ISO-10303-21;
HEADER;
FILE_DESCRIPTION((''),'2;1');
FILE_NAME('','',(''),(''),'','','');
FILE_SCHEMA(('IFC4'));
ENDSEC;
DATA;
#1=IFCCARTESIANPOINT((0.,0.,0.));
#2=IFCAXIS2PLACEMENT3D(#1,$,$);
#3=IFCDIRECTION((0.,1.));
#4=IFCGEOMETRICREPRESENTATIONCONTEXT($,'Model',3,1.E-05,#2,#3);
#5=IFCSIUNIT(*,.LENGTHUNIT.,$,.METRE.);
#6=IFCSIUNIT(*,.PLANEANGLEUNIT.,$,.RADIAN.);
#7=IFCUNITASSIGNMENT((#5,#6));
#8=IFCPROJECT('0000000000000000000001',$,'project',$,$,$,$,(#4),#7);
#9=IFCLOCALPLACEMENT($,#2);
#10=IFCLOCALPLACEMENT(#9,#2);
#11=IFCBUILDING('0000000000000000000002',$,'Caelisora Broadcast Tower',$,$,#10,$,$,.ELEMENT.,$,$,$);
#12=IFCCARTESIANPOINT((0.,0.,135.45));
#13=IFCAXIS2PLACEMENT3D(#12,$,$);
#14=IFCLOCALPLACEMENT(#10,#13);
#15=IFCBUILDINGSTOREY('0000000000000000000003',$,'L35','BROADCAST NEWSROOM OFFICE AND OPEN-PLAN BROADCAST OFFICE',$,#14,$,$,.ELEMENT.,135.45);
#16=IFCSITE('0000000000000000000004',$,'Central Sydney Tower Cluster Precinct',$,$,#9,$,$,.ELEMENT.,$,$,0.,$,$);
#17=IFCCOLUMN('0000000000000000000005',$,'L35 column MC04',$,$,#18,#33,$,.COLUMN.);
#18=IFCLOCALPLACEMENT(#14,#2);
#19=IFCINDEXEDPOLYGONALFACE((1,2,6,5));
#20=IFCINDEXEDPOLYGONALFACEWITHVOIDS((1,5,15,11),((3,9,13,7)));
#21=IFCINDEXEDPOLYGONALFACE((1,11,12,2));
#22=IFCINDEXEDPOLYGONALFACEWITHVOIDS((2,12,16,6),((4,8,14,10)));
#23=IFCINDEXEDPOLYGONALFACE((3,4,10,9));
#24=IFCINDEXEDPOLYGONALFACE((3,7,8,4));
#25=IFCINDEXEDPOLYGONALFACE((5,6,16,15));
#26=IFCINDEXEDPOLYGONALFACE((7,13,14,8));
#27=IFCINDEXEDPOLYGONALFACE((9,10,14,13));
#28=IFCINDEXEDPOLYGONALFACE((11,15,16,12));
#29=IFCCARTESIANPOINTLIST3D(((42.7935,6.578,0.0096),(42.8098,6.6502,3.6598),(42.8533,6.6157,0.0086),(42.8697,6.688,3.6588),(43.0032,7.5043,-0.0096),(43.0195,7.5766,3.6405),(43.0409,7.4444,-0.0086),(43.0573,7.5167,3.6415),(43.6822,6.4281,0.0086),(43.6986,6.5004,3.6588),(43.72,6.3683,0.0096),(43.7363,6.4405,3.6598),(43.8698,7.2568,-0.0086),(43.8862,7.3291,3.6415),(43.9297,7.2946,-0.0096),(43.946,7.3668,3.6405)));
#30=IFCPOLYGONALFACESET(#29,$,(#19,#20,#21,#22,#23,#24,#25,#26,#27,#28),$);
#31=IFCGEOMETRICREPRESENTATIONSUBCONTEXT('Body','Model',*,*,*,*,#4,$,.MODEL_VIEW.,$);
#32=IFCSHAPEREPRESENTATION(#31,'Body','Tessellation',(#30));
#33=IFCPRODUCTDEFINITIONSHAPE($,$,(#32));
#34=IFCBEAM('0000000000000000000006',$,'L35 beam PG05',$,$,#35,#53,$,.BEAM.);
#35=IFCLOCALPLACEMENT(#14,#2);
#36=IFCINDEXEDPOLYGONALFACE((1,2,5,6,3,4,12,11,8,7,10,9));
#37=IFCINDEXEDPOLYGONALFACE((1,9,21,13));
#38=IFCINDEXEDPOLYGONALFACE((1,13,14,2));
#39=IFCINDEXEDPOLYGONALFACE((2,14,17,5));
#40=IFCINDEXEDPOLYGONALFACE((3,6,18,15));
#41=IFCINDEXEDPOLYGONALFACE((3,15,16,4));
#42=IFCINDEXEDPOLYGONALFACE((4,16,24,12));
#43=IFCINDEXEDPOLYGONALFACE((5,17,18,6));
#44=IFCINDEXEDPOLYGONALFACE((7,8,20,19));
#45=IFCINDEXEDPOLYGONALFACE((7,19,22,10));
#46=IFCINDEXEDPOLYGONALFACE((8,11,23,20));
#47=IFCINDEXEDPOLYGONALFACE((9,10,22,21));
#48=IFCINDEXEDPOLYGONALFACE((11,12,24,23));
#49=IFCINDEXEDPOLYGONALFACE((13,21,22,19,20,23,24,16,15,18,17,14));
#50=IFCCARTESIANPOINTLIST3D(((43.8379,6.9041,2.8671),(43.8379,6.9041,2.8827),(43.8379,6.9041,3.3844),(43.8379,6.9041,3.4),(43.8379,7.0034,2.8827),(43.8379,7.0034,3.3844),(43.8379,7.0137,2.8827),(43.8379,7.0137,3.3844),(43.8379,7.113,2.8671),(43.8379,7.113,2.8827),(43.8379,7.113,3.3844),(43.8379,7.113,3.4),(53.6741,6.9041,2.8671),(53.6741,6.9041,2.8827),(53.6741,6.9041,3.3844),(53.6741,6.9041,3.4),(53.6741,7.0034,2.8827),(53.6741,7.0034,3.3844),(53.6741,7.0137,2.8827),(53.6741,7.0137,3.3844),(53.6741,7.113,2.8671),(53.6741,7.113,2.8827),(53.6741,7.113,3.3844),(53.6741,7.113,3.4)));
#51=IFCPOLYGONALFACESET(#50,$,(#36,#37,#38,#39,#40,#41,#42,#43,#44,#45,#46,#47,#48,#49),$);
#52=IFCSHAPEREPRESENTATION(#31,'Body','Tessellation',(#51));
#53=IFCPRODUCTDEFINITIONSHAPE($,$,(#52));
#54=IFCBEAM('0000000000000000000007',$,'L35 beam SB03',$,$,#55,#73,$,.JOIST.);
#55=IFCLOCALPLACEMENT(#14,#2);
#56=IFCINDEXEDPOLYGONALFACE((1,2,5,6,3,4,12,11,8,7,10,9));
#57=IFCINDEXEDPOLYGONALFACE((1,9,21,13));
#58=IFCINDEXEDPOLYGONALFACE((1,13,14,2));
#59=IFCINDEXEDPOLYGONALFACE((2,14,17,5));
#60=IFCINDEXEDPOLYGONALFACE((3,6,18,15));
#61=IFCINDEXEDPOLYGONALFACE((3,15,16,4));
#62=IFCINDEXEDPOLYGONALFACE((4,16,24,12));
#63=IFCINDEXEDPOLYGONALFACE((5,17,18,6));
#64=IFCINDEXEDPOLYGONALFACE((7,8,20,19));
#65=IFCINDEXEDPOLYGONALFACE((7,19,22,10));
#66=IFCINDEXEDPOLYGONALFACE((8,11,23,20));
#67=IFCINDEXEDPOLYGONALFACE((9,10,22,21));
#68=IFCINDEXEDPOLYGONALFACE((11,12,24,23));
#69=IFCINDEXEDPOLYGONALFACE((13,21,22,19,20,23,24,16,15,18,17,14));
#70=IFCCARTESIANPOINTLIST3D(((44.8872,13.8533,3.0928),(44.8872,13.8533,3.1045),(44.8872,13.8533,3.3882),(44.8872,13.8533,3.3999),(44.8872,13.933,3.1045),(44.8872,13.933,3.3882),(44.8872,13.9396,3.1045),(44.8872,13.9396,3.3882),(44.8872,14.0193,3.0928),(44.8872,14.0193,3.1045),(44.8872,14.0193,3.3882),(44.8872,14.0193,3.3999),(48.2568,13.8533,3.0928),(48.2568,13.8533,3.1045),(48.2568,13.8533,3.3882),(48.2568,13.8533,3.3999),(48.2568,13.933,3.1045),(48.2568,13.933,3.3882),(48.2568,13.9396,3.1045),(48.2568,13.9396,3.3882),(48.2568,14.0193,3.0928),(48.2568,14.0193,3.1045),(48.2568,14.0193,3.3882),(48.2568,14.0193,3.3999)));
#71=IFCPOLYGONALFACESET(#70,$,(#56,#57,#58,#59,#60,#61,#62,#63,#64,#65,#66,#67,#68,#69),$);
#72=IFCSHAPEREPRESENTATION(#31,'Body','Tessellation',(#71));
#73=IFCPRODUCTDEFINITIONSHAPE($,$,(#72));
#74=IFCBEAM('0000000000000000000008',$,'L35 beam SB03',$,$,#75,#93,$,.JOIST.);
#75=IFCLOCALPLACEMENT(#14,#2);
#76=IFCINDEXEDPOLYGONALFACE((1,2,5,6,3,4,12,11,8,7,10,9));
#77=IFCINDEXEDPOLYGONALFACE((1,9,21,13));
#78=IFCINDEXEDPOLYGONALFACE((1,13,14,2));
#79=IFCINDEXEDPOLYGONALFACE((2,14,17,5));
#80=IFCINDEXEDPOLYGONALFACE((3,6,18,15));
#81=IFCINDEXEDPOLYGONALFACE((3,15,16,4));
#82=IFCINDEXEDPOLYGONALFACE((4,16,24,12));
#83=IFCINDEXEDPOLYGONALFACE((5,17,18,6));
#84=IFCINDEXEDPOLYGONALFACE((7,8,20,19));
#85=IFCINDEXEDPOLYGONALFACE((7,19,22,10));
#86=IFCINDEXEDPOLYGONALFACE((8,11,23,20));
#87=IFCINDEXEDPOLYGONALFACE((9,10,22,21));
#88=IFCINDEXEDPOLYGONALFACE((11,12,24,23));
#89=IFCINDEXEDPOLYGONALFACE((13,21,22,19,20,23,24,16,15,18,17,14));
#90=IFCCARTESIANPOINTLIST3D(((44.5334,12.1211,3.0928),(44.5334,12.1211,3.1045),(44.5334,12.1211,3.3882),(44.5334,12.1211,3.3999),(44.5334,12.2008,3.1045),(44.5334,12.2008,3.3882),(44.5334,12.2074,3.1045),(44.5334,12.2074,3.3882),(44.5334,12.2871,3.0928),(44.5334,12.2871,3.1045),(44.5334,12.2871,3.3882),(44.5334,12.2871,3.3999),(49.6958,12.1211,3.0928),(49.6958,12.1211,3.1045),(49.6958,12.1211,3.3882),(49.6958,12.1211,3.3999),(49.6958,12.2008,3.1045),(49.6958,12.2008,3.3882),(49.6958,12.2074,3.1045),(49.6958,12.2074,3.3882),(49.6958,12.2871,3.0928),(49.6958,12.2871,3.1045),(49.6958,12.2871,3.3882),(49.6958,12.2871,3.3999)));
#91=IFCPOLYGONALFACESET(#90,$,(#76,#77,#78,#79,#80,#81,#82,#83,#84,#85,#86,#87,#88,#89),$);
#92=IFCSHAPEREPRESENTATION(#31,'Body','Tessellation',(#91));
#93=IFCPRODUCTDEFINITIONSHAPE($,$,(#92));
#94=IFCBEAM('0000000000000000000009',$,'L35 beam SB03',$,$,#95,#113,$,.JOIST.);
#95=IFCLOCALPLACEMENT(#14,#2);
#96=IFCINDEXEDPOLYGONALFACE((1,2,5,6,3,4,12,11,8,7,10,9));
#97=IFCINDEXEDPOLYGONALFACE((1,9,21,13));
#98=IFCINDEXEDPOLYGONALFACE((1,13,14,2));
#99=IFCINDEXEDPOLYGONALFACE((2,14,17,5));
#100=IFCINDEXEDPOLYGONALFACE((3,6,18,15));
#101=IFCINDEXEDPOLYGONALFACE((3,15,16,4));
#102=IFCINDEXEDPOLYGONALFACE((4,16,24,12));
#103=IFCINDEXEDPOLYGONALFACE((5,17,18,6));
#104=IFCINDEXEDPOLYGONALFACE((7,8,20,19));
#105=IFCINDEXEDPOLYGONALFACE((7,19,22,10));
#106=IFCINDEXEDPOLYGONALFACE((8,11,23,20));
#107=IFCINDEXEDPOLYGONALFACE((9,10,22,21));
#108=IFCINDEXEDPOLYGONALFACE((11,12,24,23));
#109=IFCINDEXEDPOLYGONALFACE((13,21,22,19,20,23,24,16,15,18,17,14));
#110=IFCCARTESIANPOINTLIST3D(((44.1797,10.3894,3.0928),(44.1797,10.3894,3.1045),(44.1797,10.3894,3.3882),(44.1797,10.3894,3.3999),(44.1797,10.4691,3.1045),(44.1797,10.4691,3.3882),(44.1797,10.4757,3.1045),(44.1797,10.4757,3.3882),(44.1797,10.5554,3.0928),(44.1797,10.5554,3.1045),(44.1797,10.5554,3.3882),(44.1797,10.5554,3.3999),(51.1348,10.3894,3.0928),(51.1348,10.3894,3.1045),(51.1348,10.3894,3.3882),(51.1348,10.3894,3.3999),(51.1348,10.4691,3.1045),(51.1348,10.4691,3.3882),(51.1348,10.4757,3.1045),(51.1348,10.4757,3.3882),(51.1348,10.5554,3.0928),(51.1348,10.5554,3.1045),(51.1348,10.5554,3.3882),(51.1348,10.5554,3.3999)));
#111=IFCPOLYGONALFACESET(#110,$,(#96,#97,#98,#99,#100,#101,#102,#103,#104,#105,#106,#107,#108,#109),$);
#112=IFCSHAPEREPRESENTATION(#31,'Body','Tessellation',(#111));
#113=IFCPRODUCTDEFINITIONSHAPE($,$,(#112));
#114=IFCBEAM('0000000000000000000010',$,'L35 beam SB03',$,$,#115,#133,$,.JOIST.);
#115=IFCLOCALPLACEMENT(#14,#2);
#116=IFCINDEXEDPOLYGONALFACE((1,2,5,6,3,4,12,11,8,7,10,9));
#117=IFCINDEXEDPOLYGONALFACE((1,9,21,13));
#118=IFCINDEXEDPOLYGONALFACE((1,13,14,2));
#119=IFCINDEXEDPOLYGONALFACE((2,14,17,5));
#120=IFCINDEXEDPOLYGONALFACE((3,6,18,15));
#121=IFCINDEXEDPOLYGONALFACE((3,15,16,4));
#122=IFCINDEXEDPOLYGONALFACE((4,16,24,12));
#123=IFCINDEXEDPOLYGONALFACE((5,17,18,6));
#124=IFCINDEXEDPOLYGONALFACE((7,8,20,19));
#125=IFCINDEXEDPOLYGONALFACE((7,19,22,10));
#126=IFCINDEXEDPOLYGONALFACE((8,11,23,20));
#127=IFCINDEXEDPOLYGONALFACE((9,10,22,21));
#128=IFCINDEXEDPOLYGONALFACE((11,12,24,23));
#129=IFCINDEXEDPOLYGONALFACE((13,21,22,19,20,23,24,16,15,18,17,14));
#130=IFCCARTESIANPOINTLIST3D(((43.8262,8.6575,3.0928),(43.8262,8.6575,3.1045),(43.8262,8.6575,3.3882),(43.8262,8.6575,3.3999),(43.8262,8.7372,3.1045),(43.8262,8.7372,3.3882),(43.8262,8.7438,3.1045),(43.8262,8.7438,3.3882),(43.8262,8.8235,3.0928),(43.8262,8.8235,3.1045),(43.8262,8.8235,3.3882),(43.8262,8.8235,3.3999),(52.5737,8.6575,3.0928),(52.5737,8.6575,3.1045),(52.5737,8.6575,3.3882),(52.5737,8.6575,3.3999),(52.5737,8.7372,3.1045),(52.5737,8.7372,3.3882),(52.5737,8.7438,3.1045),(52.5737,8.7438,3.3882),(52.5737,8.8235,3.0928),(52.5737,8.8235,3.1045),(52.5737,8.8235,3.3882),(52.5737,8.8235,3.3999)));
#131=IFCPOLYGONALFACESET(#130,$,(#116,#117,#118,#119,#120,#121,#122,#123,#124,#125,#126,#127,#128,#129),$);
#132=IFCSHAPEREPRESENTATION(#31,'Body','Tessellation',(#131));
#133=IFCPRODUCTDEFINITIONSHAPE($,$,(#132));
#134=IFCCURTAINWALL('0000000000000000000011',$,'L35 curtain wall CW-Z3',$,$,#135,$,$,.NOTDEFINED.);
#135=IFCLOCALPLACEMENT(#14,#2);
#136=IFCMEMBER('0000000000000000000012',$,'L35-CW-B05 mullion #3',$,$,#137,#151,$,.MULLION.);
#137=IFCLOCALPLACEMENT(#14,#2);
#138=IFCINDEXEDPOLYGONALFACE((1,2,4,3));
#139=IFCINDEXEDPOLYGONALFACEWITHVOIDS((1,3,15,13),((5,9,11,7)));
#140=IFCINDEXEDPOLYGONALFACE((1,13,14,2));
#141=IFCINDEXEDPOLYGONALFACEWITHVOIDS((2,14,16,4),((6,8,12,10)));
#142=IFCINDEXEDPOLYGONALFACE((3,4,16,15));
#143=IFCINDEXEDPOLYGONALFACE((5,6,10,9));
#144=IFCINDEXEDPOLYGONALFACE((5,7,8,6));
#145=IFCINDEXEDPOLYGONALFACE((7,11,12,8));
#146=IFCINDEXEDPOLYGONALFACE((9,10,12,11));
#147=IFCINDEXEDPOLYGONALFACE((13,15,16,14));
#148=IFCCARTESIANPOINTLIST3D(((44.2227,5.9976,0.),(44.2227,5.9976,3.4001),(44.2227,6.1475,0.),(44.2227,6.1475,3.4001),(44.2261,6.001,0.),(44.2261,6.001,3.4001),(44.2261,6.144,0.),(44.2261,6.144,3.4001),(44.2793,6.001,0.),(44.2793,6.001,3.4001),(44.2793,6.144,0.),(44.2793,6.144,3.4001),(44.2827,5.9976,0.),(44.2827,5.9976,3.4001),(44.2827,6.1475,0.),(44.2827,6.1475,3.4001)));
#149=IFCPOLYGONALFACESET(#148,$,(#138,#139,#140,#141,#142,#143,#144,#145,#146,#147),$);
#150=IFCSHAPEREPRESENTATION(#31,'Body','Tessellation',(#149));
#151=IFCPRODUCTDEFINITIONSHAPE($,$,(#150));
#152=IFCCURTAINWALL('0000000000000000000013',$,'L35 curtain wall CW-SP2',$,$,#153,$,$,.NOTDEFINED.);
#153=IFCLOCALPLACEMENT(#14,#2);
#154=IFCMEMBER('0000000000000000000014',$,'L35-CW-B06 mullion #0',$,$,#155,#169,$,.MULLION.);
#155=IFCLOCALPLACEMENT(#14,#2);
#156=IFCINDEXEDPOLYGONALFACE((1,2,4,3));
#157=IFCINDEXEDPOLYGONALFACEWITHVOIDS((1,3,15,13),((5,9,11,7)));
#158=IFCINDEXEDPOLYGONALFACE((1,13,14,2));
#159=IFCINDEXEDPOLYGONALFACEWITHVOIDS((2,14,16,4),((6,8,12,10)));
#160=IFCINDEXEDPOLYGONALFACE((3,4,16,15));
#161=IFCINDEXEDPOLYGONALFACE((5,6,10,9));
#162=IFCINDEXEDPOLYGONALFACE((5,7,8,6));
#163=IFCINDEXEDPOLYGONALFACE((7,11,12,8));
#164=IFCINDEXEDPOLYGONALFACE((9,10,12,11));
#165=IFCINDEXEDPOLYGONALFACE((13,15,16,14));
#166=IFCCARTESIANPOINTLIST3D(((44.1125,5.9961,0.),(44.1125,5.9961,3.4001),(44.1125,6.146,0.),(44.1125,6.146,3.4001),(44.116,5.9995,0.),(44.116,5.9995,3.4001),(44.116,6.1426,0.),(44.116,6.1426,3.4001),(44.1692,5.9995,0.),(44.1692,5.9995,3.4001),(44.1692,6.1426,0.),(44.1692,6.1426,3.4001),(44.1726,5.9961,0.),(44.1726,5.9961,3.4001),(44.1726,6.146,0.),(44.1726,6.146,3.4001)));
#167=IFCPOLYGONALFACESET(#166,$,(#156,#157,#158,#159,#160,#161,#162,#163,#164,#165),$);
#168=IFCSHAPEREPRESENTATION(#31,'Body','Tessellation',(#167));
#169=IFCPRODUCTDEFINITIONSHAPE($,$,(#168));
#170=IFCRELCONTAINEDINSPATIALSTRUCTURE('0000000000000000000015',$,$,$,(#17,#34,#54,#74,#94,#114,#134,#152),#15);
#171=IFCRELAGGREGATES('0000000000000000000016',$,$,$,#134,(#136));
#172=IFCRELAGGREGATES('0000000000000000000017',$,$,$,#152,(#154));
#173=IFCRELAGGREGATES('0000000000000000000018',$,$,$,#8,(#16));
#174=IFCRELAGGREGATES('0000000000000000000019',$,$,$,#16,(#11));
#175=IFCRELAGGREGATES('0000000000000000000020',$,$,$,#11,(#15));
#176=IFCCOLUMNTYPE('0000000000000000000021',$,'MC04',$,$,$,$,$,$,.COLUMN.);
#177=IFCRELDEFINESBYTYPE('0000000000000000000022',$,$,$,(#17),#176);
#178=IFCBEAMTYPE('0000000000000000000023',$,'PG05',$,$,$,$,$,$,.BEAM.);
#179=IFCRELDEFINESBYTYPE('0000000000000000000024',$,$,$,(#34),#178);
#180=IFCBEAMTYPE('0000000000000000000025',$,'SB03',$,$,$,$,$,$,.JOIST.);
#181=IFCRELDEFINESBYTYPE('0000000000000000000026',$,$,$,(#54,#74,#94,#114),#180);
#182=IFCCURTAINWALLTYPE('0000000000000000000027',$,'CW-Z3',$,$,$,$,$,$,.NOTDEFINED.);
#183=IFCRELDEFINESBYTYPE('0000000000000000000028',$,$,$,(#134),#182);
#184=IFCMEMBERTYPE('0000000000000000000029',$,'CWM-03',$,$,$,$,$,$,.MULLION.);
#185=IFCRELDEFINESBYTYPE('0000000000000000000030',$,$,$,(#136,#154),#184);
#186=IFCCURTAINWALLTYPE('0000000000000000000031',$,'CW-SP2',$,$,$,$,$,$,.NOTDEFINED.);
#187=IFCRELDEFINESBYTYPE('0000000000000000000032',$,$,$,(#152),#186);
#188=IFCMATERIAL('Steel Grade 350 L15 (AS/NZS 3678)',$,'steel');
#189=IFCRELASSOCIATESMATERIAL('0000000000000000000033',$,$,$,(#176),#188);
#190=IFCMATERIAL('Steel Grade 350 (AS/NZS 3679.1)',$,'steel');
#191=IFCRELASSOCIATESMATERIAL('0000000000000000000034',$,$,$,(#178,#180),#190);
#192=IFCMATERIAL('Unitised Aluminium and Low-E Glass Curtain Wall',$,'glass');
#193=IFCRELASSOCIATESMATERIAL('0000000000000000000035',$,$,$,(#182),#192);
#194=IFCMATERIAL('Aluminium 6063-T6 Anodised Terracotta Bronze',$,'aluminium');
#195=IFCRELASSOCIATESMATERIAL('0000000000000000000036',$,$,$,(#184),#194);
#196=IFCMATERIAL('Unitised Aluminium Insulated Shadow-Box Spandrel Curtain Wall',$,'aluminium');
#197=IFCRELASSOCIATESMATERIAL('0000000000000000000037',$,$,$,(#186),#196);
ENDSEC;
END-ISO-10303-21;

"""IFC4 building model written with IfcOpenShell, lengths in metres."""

from ifc_helpers import new_model, si_unit, direction, frame, origin, origin_2d, place, context, subcontext, project, spatial, hollow_rectangle, i_section, extrude, source, transform, mapped, material, material_profile, profile_set, type_object, type_shapes, element, aggregate, save


model = new_model("IFC4")

# Units and contexts
model_context = context("Model", 3, precision=1e-05, world=origin(), true_north=direction((0.0, 1.0)))
body_context = subcontext(model_context, "Body", "Model", "MODEL_VIEW")
ifc_project = project(units=[si_unit("LENGTHUNIT", "METRE"), si_unit("PLANEANGLEUNIT", "RADIAN")], contexts=[model_context])

# Site, building, storey
site_placement = place(None, origin())
site = spatial("IfcSite", under=ifc_project, at=site_placement, Name="Central Sydney Tower Cluster Precinct", CompositionType="ELEMENT", RefElevation=0.0)
building_placement = place(site_placement, origin())
building = spatial("IfcBuilding", under=site, at=building_placement, Name="Caelisora Broadcast Tower", CompositionType="ELEMENT")
storey_placement = place(building_placement, frame((0.0, 0.0, 135.45)))
storey = spatial("IfcBuildingStorey", under=building, at=storey_placement, Name="L35", Description="BROADCAST NEWSROOM OFFICE AND OPEN-PLAN BROADCAST OFFICE", CompositionType="ELEMENT", Elevation=135.45)

# Column
ifc_material_1 = material(Name="Steel Grade 350 L15 (AS/NZS 3678)", Category="steel")
ifc_material_profile_1 = material_profile(ifc_material_1, hollow_rectangle(XDim=0.95, YDim=0.95, WallThickness=0.05, at=origin_2d()), Name="Steel Grade 350 L15 (AS/NZS 3678)")
ifc_profile_set_1 = profile_set([ifc_material_profile_1], Name="Steel Grade 350 L15 (AS/NZS 3678)")
column_type = type_object("IfcColumnType", Name="MC04", PredefinedType="COLUMN", material=ifc_profile_set_1)
shared_shape_1 = source(origin(), body_context, "Body", "SweptSolid", [
    extrude(hollow_rectangle(XDim=0.95, YDim=0.95, WallThickness=0.05, at=origin_2d()), origin(), (0.0, 0.0, 1.0), 3.6509),
])
type_shapes(column_type, [shared_shape_1])
column_placement = place(storey_placement, frame((43.3616, 6.9363, 0.0), z_axis=(0.00448, 0.019794, 0.999794), x_axis=(-0.975327, 0.220767, 0.0)))
element("IfcColumn", 1, at=column_placement, inside=storey, type_object=column_type, Name="L35 column MC04", PredefinedType="COLUMN", context=body_context, shape_type="MappedRepresentation", body=[
    mapped(shared_shape_1, transform((0.0, 0.0, 0.0), scale=1.0)),
])

# Beams
ifc_material_2 = material(Name="Steel Grade 350 (AS/NZS 3679.1)", Category="steel")
ifc_material_profile_2 = material_profile(ifc_material_2, i_section(OverallWidth=0.209, OverallDepth=0.533, WebThickness=0.0103, FlangeThickness=0.0156, at=origin_2d()), Name="Steel Grade 350 (AS/NZS 3679.1)")
ifc_profile_set_2 = profile_set([ifc_material_profile_2], Name="Steel Grade 350 (AS/NZS 3679.1)")
beam_type_1 = type_object("IfcBeamType", Name="PG05", PredefinedType="BEAM", material=ifc_profile_set_2)
shared_shape_2 = source(origin(), body_context, "Body", "SweptSolid", [
    extrude(i_section(OverallWidth=0.209, OverallDepth=0.533, WebThickness=0.0103, FlangeThickness=0.0156, at=origin_2d()), origin(), (0.0, 0.0, 1.0), 9.8362),
])
type_shapes(beam_type_1, [shared_shape_2])
beam_1_placement = place(storey_placement, frame((43.8379, 7.0085, 3.1335), z_axis=(1.0, 0.0, 0.0), x_axis=(0.0, 1.0, 0.0)))
element("IfcBeam", 2, at=beam_1_placement, inside=storey, type_object=beam_type_1, Name="L35 beam PG05", PredefinedType="BEAM", context=body_context, shape_type="MappedRepresentation", body=[
    mapped(shared_shape_2, transform((0.0, 0.0, 0.0), scale=1.0)),
])
ifc_material_profile_3 = material_profile(ifc_material_2, i_section(OverallWidth=0.166, OverallDepth=0.3071, WebThickness=0.0066, FlangeThickness=0.0117, at=origin_2d()), Name="Steel Grade 350 (AS/NZS 3679.1)")
ifc_profile_set_3 = profile_set([ifc_material_profile_3], Name="Steel Grade 350 (AS/NZS 3679.1)")
beam_type_2 = type_object("IfcBeamType", Name="SB03", PredefinedType="JOIST", material=ifc_profile_set_3)
shared_shape_3 = source(origin(), body_context, "Body", "SweptSolid", [
    extrude(i_section(OverallWidth=0.166, OverallDepth=0.3071, WebThickness=0.0066, FlangeThickness=0.0117, at=origin_2d()), origin(), (0.0, 0.0, 1.0), 3.3696),
])
beam_2_placement = place(storey_placement, frame((44.8872, 13.9363, 3.2463), z_axis=(1.0, 0.0, 0.0), x_axis=(0.0, 1.0, 0.0)))
element("IfcBeam", 3, at=beam_2_placement, inside=storey, type_object=beam_type_2, Name="L35 beam SB03", PredefinedType="JOIST", context=body_context, shape_type="MappedRepresentation", body=[
    mapped(shared_shape_3, transform((0.0, 0.0, 0.0), scale=1.0)),
])
shared_shape_4 = source(origin(), body_context, "Body", "SweptSolid", [
    extrude(i_section(OverallWidth=0.166, OverallDepth=0.3071, WebThickness=0.0066, FlangeThickness=0.0117, at=origin_2d()), origin(), (0.0, 0.0, 1.0), 5.1624),
])
beam_3_placement = place(storey_placement, frame((44.5334, 12.2041, 3.2463), z_axis=(1.0, 0.0, 0.0), x_axis=(0.0, 1.0, 0.0)))
element("IfcBeam", 4, at=beam_3_placement, inside=storey, type_object=beam_type_2, Name="L35 beam SB03", PredefinedType="JOIST", context=body_context, shape_type="MappedRepresentation", body=[
    mapped(shared_shape_4, transform((0.0, 0.0, 0.0), scale=1.0)),
])
shared_shape_5 = source(origin(), body_context, "Body", "SweptSolid", [
    extrude(i_section(OverallWidth=0.166, OverallDepth=0.3071, WebThickness=0.0066, FlangeThickness=0.0117, at=origin_2d()), origin(), (0.0, 0.0, 1.0), 6.9551),
])
beam_4_placement = place(storey_placement, frame((44.1797, 10.4724, 3.2463), z_axis=(1.0, 0.0, 0.0), x_axis=(0.0, 1.0, 0.0)))
element("IfcBeam", 5, at=beam_4_placement, inside=storey, type_object=beam_type_2, Name="L35 beam SB03", PredefinedType="JOIST", context=body_context, shape_type="MappedRepresentation", body=[
    mapped(shared_shape_5, transform((0.0, 0.0, 0.0), scale=1.0)),
])
shared_shape_6 = source(origin(), body_context, "Body", "SweptSolid", [
    extrude(i_section(OverallWidth=0.166, OverallDepth=0.3071, WebThickness=0.0066, FlangeThickness=0.0117, at=origin_2d()), origin(), (0.0, 0.0, 1.0), 8.7476),
])
type_shapes(beam_type_2, [shared_shape_3, shared_shape_4, shared_shape_5, shared_shape_6])
beam_5_placement = place(storey_placement, frame((43.8262, 8.7405, 3.2463), z_axis=(1.0, 0.0, 0.0), x_axis=(0.0, 1.0, 0.0)))
element("IfcBeam", 6, at=beam_5_placement, inside=storey, type_object=beam_type_2, Name="L35 beam SB03", PredefinedType="JOIST", context=body_context, shape_type="MappedRepresentation", body=[
    mapped(shared_shape_6, transform((0.0, 0.0, 0.0), scale=1.0)),
])

# Curtain wall, member
ifc_material_3 = material(Name="Unitised Aluminium and Low-E Glass Curtain Wall", Category="glass")
curtain_wall_type_1 = type_object("IfcCurtainWallType", Name="CW-Z3", PredefinedType="NOTDEFINED", material=ifc_material_3)
curtain_wall_1_placement = place(storey_placement, origin())
curtain_wall_1 = element("IfcCurtainWall", 7, at=curtain_wall_1_placement, inside=storey, type_object=curtain_wall_type_1, Name="L35 curtain wall CW-Z3", PredefinedType="NOTDEFINED")
ifc_material_4 = material(Name="Aluminium 6063-T6 Anodised Terracotta Bronze", Category="aluminium")
ifc_material_profile_4 = material_profile(ifc_material_4, hollow_rectangle(XDim=0.0601, YDim=0.1499, WallThickness=0.0034, at=origin_2d()), Name="Aluminium 6063-T6 Anodised Terracotta Bronze")
ifc_profile_set_4 = profile_set([ifc_material_profile_4], Name="Aluminium 6063-T6 Anodised Terracotta Bronze")
member_type_1 = type_object("IfcMemberType", Name="CWM-03", PredefinedType="MULLION", material=ifc_profile_set_4)
shared_shape_7 = source(origin(), body_context, "Body", "SweptSolid", [
    extrude(hollow_rectangle(XDim=0.0601, YDim=0.1499, WallThickness=0.0034, at=origin_2d()), origin(), (0.0, 0.0, 1.0), 3.4001),
])
type_shapes(member_type_1, [shared_shape_7])
member_1_placement = place(storey_placement, frame((44.2527, 6.0725, 0.0), z_axis=(0.0, 0.0, 1.0), x_axis=(1.0, 0.0, 0.0)))
member_1 = element("IfcMember", 8, at=member_1_placement, type_object=member_type_1, Name="L35-CW-B05 mullion #3", PredefinedType="MULLION", context=body_context, shape_type="MappedRepresentation", body=[
    mapped(shared_shape_7, transform((0.0, 0.0, 0.0), scale=1.0)),
])
aggregate(curtain_wall_1, [member_1])

# Curtain wall, member
ifc_material_5 = material(Name="Unitised Aluminium Insulated Shadow-Box Spandrel Curtain Wall", Category="aluminium")
curtain_wall_type_2 = type_object("IfcCurtainWallType", Name="CW-SP2", PredefinedType="NOTDEFINED", material=ifc_material_5)
curtain_wall_2_placement = place(storey_placement, origin())
curtain_wall_2 = element("IfcCurtainWall", 9, at=curtain_wall_2_placement, inside=storey, type_object=curtain_wall_type_2, Name="L35 curtain wall CW-SP2", PredefinedType="NOTDEFINED")
member_2_placement = place(storey_placement, frame((44.1426, 6.071, 0.0), z_axis=(0.0, 0.0, 1.0), x_axis=(1.0, 0.0, 0.0)))
member_2 = element("IfcMember", 10, at=member_2_placement, type_object=member_type_1, Name="L35-CW-B06 mullion #0", PredefinedType="MULLION", context=body_context, shape_type="MappedRepresentation", body=[
    mapped(shared_shape_7, transform((0.0, 0.0, 0.0), scale=1.0)),
])

aggregate(curtain_wall_2, [member_2])

save(model, "model.ifc")
